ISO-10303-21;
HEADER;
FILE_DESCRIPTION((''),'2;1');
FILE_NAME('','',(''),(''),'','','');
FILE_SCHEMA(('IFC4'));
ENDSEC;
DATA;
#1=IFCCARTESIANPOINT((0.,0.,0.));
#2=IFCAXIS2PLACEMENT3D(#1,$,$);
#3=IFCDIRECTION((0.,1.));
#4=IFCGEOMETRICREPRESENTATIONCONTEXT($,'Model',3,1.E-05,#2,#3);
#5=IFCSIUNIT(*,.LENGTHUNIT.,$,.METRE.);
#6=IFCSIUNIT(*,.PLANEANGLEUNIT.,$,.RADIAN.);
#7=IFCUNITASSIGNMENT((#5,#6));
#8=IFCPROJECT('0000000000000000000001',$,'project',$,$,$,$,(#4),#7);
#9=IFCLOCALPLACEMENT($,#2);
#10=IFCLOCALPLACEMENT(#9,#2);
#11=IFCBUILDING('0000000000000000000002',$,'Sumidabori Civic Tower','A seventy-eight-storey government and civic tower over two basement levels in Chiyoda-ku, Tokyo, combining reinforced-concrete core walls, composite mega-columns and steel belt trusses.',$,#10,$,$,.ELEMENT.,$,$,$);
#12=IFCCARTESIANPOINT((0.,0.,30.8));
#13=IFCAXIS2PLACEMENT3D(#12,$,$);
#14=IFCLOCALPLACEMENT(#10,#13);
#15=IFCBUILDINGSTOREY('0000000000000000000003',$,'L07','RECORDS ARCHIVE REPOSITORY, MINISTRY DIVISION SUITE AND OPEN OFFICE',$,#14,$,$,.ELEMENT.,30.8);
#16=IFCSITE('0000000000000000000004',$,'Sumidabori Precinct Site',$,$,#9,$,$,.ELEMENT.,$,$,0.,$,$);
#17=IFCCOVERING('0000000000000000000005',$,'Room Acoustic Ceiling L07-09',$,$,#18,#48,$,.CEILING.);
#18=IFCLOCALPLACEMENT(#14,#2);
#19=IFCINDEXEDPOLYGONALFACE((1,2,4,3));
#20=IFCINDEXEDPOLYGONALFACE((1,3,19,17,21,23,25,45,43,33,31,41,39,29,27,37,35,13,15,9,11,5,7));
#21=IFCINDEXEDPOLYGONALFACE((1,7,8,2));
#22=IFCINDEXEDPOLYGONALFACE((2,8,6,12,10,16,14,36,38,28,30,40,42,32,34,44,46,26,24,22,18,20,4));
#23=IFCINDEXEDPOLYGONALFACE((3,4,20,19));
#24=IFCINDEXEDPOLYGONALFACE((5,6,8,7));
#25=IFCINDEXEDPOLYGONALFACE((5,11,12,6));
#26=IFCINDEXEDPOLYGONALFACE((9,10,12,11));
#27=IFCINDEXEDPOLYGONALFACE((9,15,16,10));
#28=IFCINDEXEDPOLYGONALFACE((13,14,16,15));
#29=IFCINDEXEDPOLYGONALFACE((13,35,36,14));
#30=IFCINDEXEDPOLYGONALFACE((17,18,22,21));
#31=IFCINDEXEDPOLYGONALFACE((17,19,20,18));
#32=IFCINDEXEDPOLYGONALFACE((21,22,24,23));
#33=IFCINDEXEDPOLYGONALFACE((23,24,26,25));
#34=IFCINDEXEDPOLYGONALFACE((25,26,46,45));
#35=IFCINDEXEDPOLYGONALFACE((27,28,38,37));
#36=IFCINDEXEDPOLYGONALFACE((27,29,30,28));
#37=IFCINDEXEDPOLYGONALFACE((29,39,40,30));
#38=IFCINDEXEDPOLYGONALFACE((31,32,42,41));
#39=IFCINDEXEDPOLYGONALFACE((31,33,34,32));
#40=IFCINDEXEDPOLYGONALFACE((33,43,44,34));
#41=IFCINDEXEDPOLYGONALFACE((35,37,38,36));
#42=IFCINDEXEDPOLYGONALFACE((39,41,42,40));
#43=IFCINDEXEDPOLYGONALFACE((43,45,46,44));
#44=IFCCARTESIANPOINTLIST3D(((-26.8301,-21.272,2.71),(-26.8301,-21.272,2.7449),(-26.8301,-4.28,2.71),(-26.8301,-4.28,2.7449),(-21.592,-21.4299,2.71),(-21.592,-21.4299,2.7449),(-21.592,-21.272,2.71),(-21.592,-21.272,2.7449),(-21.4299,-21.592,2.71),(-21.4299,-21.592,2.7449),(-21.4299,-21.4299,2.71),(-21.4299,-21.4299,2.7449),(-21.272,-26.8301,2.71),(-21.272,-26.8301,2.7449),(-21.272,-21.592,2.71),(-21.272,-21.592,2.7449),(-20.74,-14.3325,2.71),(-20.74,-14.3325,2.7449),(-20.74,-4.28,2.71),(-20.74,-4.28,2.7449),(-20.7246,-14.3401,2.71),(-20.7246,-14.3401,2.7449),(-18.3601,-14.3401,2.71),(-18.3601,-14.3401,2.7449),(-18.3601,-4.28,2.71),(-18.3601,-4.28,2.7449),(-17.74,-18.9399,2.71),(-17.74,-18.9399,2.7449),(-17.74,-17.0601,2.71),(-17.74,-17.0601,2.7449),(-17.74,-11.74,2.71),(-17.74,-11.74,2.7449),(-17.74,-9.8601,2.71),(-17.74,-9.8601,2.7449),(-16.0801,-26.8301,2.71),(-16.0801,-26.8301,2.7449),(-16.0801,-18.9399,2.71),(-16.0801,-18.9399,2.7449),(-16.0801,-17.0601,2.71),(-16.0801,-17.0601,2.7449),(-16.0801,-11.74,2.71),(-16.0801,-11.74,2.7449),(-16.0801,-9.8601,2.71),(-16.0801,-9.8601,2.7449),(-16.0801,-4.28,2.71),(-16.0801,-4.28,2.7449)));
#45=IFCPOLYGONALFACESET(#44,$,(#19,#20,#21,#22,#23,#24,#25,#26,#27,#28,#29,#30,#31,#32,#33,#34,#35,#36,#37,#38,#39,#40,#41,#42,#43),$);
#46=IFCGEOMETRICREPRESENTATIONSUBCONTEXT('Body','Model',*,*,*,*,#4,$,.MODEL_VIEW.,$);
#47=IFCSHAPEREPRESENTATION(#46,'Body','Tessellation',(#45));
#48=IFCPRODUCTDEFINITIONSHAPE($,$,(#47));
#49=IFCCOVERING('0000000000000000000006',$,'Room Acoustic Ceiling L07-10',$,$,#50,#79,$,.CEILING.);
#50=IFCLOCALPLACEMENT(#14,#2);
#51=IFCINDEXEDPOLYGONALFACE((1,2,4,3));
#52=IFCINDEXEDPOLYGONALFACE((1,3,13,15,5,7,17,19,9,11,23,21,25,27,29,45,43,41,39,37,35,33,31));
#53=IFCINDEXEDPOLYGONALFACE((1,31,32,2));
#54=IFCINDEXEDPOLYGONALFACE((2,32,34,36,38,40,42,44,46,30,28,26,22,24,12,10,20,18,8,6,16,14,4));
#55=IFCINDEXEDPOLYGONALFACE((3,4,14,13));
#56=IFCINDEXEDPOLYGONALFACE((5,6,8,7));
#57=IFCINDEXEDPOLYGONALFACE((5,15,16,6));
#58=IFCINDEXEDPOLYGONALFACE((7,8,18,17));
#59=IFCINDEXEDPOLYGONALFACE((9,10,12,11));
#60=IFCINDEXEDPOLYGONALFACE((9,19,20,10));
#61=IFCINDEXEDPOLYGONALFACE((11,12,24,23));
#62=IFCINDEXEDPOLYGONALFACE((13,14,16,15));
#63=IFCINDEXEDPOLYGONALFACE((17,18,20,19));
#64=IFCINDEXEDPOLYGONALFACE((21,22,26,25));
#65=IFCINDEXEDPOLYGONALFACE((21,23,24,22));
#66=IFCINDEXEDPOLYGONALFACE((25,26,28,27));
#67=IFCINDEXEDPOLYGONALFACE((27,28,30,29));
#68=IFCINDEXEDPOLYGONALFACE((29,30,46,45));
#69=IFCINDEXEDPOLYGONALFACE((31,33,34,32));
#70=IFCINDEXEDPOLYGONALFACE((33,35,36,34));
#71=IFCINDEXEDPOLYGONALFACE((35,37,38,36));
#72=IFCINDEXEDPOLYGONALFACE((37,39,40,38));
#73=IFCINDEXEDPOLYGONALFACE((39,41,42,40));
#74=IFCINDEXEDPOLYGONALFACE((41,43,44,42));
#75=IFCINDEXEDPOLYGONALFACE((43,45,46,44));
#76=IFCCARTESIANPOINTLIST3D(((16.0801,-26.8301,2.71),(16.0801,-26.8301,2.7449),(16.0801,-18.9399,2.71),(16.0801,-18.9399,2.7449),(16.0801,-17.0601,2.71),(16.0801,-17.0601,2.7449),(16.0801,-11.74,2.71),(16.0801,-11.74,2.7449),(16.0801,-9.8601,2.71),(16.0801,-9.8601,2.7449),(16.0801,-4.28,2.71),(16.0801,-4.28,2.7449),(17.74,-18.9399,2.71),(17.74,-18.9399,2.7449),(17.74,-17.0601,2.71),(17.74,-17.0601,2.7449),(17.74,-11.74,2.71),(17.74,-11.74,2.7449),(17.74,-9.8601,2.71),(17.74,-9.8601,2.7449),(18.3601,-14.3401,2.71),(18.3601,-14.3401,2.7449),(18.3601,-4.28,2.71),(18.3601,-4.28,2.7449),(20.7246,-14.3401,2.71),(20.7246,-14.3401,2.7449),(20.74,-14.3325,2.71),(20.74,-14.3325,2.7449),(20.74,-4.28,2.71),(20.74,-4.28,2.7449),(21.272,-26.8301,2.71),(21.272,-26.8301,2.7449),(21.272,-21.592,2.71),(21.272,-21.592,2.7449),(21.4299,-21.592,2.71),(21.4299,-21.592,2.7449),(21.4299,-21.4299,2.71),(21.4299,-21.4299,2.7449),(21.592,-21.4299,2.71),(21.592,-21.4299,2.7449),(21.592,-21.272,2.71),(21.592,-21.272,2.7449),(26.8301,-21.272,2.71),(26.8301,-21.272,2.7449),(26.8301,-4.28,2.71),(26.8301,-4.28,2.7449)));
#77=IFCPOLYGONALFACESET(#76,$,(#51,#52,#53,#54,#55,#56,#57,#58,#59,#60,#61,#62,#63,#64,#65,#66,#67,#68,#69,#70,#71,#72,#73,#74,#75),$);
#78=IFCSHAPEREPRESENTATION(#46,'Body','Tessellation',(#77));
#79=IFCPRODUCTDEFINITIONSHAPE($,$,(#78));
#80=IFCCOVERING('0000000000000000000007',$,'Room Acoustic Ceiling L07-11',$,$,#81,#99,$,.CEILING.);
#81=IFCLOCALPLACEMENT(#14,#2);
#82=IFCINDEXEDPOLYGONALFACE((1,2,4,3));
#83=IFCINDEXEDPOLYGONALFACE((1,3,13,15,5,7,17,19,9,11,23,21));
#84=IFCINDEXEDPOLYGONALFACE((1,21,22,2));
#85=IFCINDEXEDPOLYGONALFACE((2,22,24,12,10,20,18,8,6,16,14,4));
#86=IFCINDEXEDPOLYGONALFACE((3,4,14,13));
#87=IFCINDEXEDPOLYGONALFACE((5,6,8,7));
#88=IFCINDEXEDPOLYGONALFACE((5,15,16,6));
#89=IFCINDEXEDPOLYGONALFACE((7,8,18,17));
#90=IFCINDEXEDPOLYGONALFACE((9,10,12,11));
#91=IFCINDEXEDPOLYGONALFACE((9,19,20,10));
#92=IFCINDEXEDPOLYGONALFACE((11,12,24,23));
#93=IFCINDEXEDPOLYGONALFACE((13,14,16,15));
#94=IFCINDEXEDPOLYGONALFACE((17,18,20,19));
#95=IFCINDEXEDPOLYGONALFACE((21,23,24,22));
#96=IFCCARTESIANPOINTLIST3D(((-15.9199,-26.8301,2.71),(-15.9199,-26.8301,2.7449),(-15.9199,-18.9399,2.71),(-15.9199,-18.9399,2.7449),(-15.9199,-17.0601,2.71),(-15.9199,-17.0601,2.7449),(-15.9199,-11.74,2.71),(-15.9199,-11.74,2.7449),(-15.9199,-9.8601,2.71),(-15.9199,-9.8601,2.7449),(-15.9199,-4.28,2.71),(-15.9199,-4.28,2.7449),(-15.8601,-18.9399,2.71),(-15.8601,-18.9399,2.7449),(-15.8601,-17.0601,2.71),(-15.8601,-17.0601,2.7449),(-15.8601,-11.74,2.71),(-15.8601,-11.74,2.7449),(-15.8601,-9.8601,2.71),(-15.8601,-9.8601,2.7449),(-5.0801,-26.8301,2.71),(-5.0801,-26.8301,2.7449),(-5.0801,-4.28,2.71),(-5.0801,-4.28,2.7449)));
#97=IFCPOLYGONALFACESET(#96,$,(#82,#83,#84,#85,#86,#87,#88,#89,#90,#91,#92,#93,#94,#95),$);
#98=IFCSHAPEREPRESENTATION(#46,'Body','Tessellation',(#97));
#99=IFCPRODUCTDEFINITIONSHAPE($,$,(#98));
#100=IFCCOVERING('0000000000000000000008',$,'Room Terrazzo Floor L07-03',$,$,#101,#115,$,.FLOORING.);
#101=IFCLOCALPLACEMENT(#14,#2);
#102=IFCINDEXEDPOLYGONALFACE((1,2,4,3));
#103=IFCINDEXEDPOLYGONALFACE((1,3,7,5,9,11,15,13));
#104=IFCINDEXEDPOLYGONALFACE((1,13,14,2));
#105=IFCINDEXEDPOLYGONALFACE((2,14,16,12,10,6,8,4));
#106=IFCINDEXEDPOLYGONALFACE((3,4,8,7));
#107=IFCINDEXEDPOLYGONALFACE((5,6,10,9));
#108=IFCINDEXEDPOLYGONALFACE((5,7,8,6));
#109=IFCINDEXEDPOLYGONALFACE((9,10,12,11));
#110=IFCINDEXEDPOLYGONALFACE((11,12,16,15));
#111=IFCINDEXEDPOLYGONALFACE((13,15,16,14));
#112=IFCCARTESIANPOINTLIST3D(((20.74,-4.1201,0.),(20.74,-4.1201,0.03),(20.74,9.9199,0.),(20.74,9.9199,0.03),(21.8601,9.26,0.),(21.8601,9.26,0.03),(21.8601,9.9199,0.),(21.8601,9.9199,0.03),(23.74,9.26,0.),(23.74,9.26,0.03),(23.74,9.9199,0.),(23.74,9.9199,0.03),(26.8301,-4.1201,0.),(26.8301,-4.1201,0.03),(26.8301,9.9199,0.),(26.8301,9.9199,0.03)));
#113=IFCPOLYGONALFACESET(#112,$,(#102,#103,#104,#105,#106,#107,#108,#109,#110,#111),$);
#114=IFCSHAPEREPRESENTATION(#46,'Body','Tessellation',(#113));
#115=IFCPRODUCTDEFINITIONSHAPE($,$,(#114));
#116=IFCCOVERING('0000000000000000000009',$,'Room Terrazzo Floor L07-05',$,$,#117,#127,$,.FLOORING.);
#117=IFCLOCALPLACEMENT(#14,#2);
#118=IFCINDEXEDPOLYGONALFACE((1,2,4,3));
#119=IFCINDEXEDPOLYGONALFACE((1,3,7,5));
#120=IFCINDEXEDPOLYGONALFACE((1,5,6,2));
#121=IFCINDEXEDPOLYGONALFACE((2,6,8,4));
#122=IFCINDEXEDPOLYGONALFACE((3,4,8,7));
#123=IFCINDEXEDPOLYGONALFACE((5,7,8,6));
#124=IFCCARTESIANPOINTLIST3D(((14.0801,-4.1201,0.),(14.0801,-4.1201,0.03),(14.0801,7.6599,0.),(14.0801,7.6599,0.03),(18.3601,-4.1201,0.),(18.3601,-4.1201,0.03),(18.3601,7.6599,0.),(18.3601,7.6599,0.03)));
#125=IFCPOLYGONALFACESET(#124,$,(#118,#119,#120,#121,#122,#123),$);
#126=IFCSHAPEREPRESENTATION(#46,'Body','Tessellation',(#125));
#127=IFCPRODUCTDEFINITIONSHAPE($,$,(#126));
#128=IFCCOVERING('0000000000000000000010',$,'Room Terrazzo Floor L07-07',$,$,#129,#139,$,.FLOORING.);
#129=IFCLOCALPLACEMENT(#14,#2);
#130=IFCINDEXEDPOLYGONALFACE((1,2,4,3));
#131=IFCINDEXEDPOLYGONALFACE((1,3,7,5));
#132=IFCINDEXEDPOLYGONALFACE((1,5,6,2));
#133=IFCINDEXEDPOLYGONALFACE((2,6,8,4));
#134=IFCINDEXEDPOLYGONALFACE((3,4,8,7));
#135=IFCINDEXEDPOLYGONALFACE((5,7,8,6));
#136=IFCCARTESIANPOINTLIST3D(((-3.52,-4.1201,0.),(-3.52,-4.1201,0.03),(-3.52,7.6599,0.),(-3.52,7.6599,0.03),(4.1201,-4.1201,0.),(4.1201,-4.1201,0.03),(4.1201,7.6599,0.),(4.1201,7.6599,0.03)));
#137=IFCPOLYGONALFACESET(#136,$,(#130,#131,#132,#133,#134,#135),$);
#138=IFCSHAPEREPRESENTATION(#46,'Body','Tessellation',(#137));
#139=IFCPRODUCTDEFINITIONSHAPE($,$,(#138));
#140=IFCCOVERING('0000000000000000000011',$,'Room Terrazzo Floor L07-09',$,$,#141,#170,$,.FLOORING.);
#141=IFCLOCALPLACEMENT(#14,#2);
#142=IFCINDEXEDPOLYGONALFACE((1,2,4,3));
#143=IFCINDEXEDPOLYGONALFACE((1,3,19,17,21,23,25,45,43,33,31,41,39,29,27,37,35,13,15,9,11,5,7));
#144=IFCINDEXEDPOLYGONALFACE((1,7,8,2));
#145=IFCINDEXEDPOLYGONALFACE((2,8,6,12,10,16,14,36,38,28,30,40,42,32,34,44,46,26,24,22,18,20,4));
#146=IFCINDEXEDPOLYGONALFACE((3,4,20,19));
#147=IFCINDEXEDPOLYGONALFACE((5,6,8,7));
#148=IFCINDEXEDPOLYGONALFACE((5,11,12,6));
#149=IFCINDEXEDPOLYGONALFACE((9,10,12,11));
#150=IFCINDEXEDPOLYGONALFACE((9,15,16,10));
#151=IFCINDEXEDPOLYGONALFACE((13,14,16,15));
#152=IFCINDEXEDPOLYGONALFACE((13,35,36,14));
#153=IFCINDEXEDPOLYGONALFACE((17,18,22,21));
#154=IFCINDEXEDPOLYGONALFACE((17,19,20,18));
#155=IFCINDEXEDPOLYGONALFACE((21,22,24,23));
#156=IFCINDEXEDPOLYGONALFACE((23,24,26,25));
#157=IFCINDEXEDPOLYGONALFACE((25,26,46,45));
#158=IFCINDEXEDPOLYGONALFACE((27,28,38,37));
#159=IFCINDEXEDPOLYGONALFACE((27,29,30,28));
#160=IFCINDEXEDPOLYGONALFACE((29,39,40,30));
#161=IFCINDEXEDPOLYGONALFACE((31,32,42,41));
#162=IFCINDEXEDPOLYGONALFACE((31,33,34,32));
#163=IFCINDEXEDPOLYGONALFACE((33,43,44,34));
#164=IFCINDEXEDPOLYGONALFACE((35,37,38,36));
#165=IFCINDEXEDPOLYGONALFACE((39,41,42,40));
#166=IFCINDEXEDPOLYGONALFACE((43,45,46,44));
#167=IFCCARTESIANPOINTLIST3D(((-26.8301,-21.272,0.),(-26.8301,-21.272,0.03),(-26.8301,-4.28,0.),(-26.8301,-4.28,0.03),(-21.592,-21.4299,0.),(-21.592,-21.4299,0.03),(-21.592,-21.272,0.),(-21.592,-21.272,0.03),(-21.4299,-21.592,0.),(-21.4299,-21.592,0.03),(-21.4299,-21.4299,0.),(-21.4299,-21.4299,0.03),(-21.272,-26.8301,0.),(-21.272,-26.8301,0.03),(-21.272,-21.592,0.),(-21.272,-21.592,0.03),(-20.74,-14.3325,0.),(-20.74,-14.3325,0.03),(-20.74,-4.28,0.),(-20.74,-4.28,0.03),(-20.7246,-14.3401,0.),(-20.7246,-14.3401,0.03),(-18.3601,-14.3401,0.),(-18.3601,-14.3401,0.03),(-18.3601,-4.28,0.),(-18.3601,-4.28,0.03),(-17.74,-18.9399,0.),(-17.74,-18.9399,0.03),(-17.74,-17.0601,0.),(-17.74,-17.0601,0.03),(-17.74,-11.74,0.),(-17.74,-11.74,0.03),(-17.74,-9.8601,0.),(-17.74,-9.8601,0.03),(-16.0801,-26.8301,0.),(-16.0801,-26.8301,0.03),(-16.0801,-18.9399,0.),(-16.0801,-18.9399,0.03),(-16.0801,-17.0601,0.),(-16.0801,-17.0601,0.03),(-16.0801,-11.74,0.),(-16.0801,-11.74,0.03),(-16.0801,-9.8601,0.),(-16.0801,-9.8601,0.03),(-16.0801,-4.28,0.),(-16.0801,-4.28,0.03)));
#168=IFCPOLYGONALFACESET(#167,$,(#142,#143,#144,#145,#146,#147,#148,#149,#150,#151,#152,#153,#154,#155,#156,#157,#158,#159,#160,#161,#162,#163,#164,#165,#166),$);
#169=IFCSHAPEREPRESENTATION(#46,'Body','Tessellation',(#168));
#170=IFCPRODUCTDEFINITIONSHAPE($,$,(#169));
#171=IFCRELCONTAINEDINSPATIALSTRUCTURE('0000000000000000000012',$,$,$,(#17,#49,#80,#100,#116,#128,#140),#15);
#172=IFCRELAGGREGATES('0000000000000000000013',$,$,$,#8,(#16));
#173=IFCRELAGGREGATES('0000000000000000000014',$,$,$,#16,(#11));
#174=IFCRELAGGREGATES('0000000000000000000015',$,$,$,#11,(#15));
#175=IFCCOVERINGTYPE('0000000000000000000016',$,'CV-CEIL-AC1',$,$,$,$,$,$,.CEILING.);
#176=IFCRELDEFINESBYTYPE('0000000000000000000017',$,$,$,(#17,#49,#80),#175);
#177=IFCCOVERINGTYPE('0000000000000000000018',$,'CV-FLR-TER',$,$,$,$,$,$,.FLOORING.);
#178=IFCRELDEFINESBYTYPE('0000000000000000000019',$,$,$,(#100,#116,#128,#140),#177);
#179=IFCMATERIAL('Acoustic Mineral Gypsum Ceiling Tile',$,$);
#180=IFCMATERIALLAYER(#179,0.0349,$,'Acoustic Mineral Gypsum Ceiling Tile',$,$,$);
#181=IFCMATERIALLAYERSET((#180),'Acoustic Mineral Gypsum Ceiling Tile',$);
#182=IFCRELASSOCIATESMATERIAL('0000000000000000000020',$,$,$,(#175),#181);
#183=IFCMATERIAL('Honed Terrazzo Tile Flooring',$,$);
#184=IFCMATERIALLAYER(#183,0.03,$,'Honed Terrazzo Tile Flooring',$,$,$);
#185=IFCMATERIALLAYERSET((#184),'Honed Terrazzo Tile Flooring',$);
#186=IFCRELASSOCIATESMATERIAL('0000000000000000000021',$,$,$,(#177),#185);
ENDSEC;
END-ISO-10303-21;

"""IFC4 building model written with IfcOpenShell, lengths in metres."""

from ifc_helpers import new_model, si_unit, direction, frame, origin, place, context, subcontext, project, spatial, polyline, outline, extrude, material, layer, layer_set, type_object, element, save


model = new_model("IFC4")

# Units and contexts
model_context = context("Model", 3, precision=1e-05, world=origin(), true_north=direction((0.0, 1.0)))
body_context = subcontext(model_context, "Body", "Model", "MODEL_VIEW")
ifc_project = project(units=[si_unit("LENGTHUNIT", "METRE"), si_unit("PLANEANGLEUNIT", "RADIAN")], contexts=[model_context])

# Site, building, storey
site_placement = place(None, origin())
site = spatial("IfcSite", under=ifc_project, at=site_placement, Name="Sumidabori Precinct Site", CompositionType="ELEMENT", RefElevation=0.0)
building_placement = place(site_placement, origin())
building = spatial("IfcBuilding", under=site, at=building_placement, Name="Sumidabori Civic Tower", Description="A seventy-eight-storey government and civic tower over two basement levels in Chiyoda-ku, Tokyo, combining reinforced-concrete core walls, composite mega-columns and steel belt trusses.", CompositionType="ELEMENT")
storey_placement = place(building_placement, frame((0.0, 0.0, 30.8)))
storey = spatial("IfcBuildingStorey", under=building, at=storey_placement, Name="L07", Description="RECORDS ARCHIVE REPOSITORY, MINISTRY DIVISION SUITE AND OPEN OFFICE", CompositionType="ELEMENT", Elevation=30.8)

# Coverings
ifc_material_1 = material(Name="Acoustic Mineral Gypsum Ceiling Tile")
ifc_layer_1 = layer(ifc_material_1, 0.0349, Name="Acoustic Mineral Gypsum Ceiling Tile")
ifc_layer_set_1 = layer_set([ifc_layer_1], Name="Acoustic Mineral Gypsum Ceiling Tile")
covering_type_1 = type_object("IfcCoveringType", Name="CV-CEIL-AC1", PredefinedType="CEILING", material=ifc_layer_set_1)
covering_1_placement = place(storey_placement, frame((0.0, 0.0, 2.71)))
element("IfcCovering", 1, at=covering_1_placement, inside=storey, type_object=covering_type_1, Name="Room Acoustic Ceiling L07-09", PredefinedType="CEILING", context=body_context, shape_type="SweptSolid", body=[
    extrude(outline(polyline([(-26.8301, -21.272), (-26.8301, -4.28), (-20.74, -4.28), (-20.74, -14.3325), (-20.7246, -14.3401), (-18.3601, -14.3401), (-18.3601, -4.28), (-16.0801, -4.28), (-16.0801, -9.8601), (-17.74, -9.8601), (-17.74, -11.74), (-16.0801, -11.74), (-16.0801, -17.0601), (-17.74, -17.0601), (-17.74, -18.9399), (-16.0801, -18.9399), (-16.0801, -26.8301), (-21.272, -26.8301), (-21.272, -21.592), (-21.4299, -21.592), (-21.4299, -21.4299), (-21.592, -21.4299), (-21.592, -21.272), (-26.8301, -21.272)])), origin(), (0.0, 0.0, 1.0), 0.0349),
])
covering_2_placement = place(storey_placement, frame((0.0, 0.0, 2.71)))
element("IfcCovering", 2, at=covering_2_placement, inside=storey, type_object=covering_type_1, Name="Room Acoustic Ceiling L07-10", PredefinedType="CEILING", context=body_context, shape_type="SweptSolid", body=[
    extrude(outline(polyline([(18.3601, -14.3401), (20.7246, -14.3401), (20.74, -14.3325), (20.74, -4.28), (26.8301, -4.28), (26.8301, -21.272), (21.592, -21.272), (21.592, -21.4299), (21.4299, -21.4299), (21.4299, -21.592), (21.272, -21.592), (21.272, -26.8301), (16.0801, -26.8301), (16.0801, -18.9399), (17.74, -18.9399), (17.74, -17.0601), (16.0801, -17.0601), (16.0801, -11.74), (17.74, -11.74), (17.74, -9.8601), (16.0801, -9.8601), (16.0801, -4.28), (18.3601, -4.28), (18.3601, -14.3401)])), origin(), (0.0, 0.0, 1.0), 0.0349),
])
covering_3_placement = place(storey_placement, frame((0.0, 0.0, 2.71)))
element("IfcCovering", 3, at=covering_3_placement, inside=storey, type_object=covering_type_1, Name="Room Acoustic Ceiling L07-11", PredefinedType="CEILING", context=body_context, shape_type="SweptSolid", body=[
    extrude(outline(polyline([(-15.8601, -17.0601), (-15.9199, -17.0601), (-15.9199, -11.74), (-15.8601, -11.74), (-15.8601, -9.8601), (-15.9199, -9.8601), (-15.9199, -4.28), (-5.0801, -4.28), (-5.0801, -26.8301), (-15.9199, -26.8301), (-15.9199, -18.9399), (-15.8601, -18.9399), (-15.8601, -17.0601)])), origin(), (0.0, 0.0, 1.0), 0.0349),
])
ifc_material_2 = material(Name="Honed Terrazzo Tile Flooring")
ifc_layer_2 = layer(ifc_material_2, 0.03, Name="Honed Terrazzo Tile Flooring")
ifc_layer_set_2 = layer_set([ifc_layer_2], Name="Honed Terrazzo Tile Flooring")
covering_type_2 = type_object("IfcCoveringType", Name="CV-FLR-TER", PredefinedType="FLOORING", material=ifc_layer_set_2)
covering_4_placement = place(storey_placement, origin())
element("IfcCovering", 4, at=covering_4_placement, inside=storey, type_object=covering_type_2, Name="Room Terrazzo Floor L07-03", PredefinedType="FLOORING", context=body_context, shape_type="SweptSolid", body=[
    extrude(outline(polyline([(20.74, 9.9199), (21.8601, 9.9199), (21.8601, 9.26), (23.74, 9.26), (23.74, 9.9199), (26.8301, 9.9199), (26.8301, -4.1201), (20.74, -4.1201), (20.74, 9.9199)])), origin(), (0.0, 0.0, 1.0), 0.03),
])
covering_5_placement = place(storey_placement, origin())
element("IfcCovering", 5, at=covering_5_placement, inside=storey, type_object=covering_type_2, Name="Room Terrazzo Floor L07-05", PredefinedType="FLOORING", context=body_context, shape_type="SweptSolid", body=[
    extrude(outline(polyline([(14.0801, 7.6599), (18.3601, 7.6599), (18.3601, -4.1201), (14.0801, -4.1201), (14.0801, 7.6599)])), origin(), (0.0, 0.0, 1.0), 0.03),
])
covering_6_placement = place(storey_placement, origin())
element("IfcCovering", 6, at=covering_6_placement, inside=storey, type_object=covering_type_2, Name="Room Terrazzo Floor L07-07", PredefinedType="FLOORING", context=body_context, shape_type="SweptSolid", body=[
    extrude(outline(polyline([(-3.52, 7.6599), (4.1201, 7.6599), (4.1201, -4.1201), (-3.52, -4.1201), (-3.52, 7.6599)])), origin(), (0.0, 0.0, 1.0), 0.03),
])
covering_7_placement = place(storey_placement, origin())
element("IfcCovering", 7, at=covering_7_placement, inside=storey, type_object=covering_type_2, Name="Room Terrazzo Floor L07-09", PredefinedType="FLOORING", context=body_context, shape_type="SweptSolid", body=[
    extrude(outline(polyline([(-26.8301, -21.272), (-26.8301, -4.28), (-20.74, -4.28), (-20.74, -14.3325), (-20.7246, -14.3401), (-18.3601, -14.3401), (-18.3601, -4.28), (-16.0801, -4.28), (-16.0801, -9.8601), (-17.74, -9.8601), (-17.74, -11.74), (-16.0801, -11.74), (-16.0801, -17.0601), (-17.74, -17.0601), (-17.74, -18.9399), (-16.0801, -18.9399), (-16.0801, -26.8301), (-21.272, -26.8301), (-21.272, -21.592), (-21.4299, -21.592), (-21.4299, -21.4299), (-21.592, -21.4299), (-21.592, -21.272), (-26.8301, -21.272)])), origin(), (0.0, 0.0, 1.0), 0.03),
])

save(model, "model.ifc")
